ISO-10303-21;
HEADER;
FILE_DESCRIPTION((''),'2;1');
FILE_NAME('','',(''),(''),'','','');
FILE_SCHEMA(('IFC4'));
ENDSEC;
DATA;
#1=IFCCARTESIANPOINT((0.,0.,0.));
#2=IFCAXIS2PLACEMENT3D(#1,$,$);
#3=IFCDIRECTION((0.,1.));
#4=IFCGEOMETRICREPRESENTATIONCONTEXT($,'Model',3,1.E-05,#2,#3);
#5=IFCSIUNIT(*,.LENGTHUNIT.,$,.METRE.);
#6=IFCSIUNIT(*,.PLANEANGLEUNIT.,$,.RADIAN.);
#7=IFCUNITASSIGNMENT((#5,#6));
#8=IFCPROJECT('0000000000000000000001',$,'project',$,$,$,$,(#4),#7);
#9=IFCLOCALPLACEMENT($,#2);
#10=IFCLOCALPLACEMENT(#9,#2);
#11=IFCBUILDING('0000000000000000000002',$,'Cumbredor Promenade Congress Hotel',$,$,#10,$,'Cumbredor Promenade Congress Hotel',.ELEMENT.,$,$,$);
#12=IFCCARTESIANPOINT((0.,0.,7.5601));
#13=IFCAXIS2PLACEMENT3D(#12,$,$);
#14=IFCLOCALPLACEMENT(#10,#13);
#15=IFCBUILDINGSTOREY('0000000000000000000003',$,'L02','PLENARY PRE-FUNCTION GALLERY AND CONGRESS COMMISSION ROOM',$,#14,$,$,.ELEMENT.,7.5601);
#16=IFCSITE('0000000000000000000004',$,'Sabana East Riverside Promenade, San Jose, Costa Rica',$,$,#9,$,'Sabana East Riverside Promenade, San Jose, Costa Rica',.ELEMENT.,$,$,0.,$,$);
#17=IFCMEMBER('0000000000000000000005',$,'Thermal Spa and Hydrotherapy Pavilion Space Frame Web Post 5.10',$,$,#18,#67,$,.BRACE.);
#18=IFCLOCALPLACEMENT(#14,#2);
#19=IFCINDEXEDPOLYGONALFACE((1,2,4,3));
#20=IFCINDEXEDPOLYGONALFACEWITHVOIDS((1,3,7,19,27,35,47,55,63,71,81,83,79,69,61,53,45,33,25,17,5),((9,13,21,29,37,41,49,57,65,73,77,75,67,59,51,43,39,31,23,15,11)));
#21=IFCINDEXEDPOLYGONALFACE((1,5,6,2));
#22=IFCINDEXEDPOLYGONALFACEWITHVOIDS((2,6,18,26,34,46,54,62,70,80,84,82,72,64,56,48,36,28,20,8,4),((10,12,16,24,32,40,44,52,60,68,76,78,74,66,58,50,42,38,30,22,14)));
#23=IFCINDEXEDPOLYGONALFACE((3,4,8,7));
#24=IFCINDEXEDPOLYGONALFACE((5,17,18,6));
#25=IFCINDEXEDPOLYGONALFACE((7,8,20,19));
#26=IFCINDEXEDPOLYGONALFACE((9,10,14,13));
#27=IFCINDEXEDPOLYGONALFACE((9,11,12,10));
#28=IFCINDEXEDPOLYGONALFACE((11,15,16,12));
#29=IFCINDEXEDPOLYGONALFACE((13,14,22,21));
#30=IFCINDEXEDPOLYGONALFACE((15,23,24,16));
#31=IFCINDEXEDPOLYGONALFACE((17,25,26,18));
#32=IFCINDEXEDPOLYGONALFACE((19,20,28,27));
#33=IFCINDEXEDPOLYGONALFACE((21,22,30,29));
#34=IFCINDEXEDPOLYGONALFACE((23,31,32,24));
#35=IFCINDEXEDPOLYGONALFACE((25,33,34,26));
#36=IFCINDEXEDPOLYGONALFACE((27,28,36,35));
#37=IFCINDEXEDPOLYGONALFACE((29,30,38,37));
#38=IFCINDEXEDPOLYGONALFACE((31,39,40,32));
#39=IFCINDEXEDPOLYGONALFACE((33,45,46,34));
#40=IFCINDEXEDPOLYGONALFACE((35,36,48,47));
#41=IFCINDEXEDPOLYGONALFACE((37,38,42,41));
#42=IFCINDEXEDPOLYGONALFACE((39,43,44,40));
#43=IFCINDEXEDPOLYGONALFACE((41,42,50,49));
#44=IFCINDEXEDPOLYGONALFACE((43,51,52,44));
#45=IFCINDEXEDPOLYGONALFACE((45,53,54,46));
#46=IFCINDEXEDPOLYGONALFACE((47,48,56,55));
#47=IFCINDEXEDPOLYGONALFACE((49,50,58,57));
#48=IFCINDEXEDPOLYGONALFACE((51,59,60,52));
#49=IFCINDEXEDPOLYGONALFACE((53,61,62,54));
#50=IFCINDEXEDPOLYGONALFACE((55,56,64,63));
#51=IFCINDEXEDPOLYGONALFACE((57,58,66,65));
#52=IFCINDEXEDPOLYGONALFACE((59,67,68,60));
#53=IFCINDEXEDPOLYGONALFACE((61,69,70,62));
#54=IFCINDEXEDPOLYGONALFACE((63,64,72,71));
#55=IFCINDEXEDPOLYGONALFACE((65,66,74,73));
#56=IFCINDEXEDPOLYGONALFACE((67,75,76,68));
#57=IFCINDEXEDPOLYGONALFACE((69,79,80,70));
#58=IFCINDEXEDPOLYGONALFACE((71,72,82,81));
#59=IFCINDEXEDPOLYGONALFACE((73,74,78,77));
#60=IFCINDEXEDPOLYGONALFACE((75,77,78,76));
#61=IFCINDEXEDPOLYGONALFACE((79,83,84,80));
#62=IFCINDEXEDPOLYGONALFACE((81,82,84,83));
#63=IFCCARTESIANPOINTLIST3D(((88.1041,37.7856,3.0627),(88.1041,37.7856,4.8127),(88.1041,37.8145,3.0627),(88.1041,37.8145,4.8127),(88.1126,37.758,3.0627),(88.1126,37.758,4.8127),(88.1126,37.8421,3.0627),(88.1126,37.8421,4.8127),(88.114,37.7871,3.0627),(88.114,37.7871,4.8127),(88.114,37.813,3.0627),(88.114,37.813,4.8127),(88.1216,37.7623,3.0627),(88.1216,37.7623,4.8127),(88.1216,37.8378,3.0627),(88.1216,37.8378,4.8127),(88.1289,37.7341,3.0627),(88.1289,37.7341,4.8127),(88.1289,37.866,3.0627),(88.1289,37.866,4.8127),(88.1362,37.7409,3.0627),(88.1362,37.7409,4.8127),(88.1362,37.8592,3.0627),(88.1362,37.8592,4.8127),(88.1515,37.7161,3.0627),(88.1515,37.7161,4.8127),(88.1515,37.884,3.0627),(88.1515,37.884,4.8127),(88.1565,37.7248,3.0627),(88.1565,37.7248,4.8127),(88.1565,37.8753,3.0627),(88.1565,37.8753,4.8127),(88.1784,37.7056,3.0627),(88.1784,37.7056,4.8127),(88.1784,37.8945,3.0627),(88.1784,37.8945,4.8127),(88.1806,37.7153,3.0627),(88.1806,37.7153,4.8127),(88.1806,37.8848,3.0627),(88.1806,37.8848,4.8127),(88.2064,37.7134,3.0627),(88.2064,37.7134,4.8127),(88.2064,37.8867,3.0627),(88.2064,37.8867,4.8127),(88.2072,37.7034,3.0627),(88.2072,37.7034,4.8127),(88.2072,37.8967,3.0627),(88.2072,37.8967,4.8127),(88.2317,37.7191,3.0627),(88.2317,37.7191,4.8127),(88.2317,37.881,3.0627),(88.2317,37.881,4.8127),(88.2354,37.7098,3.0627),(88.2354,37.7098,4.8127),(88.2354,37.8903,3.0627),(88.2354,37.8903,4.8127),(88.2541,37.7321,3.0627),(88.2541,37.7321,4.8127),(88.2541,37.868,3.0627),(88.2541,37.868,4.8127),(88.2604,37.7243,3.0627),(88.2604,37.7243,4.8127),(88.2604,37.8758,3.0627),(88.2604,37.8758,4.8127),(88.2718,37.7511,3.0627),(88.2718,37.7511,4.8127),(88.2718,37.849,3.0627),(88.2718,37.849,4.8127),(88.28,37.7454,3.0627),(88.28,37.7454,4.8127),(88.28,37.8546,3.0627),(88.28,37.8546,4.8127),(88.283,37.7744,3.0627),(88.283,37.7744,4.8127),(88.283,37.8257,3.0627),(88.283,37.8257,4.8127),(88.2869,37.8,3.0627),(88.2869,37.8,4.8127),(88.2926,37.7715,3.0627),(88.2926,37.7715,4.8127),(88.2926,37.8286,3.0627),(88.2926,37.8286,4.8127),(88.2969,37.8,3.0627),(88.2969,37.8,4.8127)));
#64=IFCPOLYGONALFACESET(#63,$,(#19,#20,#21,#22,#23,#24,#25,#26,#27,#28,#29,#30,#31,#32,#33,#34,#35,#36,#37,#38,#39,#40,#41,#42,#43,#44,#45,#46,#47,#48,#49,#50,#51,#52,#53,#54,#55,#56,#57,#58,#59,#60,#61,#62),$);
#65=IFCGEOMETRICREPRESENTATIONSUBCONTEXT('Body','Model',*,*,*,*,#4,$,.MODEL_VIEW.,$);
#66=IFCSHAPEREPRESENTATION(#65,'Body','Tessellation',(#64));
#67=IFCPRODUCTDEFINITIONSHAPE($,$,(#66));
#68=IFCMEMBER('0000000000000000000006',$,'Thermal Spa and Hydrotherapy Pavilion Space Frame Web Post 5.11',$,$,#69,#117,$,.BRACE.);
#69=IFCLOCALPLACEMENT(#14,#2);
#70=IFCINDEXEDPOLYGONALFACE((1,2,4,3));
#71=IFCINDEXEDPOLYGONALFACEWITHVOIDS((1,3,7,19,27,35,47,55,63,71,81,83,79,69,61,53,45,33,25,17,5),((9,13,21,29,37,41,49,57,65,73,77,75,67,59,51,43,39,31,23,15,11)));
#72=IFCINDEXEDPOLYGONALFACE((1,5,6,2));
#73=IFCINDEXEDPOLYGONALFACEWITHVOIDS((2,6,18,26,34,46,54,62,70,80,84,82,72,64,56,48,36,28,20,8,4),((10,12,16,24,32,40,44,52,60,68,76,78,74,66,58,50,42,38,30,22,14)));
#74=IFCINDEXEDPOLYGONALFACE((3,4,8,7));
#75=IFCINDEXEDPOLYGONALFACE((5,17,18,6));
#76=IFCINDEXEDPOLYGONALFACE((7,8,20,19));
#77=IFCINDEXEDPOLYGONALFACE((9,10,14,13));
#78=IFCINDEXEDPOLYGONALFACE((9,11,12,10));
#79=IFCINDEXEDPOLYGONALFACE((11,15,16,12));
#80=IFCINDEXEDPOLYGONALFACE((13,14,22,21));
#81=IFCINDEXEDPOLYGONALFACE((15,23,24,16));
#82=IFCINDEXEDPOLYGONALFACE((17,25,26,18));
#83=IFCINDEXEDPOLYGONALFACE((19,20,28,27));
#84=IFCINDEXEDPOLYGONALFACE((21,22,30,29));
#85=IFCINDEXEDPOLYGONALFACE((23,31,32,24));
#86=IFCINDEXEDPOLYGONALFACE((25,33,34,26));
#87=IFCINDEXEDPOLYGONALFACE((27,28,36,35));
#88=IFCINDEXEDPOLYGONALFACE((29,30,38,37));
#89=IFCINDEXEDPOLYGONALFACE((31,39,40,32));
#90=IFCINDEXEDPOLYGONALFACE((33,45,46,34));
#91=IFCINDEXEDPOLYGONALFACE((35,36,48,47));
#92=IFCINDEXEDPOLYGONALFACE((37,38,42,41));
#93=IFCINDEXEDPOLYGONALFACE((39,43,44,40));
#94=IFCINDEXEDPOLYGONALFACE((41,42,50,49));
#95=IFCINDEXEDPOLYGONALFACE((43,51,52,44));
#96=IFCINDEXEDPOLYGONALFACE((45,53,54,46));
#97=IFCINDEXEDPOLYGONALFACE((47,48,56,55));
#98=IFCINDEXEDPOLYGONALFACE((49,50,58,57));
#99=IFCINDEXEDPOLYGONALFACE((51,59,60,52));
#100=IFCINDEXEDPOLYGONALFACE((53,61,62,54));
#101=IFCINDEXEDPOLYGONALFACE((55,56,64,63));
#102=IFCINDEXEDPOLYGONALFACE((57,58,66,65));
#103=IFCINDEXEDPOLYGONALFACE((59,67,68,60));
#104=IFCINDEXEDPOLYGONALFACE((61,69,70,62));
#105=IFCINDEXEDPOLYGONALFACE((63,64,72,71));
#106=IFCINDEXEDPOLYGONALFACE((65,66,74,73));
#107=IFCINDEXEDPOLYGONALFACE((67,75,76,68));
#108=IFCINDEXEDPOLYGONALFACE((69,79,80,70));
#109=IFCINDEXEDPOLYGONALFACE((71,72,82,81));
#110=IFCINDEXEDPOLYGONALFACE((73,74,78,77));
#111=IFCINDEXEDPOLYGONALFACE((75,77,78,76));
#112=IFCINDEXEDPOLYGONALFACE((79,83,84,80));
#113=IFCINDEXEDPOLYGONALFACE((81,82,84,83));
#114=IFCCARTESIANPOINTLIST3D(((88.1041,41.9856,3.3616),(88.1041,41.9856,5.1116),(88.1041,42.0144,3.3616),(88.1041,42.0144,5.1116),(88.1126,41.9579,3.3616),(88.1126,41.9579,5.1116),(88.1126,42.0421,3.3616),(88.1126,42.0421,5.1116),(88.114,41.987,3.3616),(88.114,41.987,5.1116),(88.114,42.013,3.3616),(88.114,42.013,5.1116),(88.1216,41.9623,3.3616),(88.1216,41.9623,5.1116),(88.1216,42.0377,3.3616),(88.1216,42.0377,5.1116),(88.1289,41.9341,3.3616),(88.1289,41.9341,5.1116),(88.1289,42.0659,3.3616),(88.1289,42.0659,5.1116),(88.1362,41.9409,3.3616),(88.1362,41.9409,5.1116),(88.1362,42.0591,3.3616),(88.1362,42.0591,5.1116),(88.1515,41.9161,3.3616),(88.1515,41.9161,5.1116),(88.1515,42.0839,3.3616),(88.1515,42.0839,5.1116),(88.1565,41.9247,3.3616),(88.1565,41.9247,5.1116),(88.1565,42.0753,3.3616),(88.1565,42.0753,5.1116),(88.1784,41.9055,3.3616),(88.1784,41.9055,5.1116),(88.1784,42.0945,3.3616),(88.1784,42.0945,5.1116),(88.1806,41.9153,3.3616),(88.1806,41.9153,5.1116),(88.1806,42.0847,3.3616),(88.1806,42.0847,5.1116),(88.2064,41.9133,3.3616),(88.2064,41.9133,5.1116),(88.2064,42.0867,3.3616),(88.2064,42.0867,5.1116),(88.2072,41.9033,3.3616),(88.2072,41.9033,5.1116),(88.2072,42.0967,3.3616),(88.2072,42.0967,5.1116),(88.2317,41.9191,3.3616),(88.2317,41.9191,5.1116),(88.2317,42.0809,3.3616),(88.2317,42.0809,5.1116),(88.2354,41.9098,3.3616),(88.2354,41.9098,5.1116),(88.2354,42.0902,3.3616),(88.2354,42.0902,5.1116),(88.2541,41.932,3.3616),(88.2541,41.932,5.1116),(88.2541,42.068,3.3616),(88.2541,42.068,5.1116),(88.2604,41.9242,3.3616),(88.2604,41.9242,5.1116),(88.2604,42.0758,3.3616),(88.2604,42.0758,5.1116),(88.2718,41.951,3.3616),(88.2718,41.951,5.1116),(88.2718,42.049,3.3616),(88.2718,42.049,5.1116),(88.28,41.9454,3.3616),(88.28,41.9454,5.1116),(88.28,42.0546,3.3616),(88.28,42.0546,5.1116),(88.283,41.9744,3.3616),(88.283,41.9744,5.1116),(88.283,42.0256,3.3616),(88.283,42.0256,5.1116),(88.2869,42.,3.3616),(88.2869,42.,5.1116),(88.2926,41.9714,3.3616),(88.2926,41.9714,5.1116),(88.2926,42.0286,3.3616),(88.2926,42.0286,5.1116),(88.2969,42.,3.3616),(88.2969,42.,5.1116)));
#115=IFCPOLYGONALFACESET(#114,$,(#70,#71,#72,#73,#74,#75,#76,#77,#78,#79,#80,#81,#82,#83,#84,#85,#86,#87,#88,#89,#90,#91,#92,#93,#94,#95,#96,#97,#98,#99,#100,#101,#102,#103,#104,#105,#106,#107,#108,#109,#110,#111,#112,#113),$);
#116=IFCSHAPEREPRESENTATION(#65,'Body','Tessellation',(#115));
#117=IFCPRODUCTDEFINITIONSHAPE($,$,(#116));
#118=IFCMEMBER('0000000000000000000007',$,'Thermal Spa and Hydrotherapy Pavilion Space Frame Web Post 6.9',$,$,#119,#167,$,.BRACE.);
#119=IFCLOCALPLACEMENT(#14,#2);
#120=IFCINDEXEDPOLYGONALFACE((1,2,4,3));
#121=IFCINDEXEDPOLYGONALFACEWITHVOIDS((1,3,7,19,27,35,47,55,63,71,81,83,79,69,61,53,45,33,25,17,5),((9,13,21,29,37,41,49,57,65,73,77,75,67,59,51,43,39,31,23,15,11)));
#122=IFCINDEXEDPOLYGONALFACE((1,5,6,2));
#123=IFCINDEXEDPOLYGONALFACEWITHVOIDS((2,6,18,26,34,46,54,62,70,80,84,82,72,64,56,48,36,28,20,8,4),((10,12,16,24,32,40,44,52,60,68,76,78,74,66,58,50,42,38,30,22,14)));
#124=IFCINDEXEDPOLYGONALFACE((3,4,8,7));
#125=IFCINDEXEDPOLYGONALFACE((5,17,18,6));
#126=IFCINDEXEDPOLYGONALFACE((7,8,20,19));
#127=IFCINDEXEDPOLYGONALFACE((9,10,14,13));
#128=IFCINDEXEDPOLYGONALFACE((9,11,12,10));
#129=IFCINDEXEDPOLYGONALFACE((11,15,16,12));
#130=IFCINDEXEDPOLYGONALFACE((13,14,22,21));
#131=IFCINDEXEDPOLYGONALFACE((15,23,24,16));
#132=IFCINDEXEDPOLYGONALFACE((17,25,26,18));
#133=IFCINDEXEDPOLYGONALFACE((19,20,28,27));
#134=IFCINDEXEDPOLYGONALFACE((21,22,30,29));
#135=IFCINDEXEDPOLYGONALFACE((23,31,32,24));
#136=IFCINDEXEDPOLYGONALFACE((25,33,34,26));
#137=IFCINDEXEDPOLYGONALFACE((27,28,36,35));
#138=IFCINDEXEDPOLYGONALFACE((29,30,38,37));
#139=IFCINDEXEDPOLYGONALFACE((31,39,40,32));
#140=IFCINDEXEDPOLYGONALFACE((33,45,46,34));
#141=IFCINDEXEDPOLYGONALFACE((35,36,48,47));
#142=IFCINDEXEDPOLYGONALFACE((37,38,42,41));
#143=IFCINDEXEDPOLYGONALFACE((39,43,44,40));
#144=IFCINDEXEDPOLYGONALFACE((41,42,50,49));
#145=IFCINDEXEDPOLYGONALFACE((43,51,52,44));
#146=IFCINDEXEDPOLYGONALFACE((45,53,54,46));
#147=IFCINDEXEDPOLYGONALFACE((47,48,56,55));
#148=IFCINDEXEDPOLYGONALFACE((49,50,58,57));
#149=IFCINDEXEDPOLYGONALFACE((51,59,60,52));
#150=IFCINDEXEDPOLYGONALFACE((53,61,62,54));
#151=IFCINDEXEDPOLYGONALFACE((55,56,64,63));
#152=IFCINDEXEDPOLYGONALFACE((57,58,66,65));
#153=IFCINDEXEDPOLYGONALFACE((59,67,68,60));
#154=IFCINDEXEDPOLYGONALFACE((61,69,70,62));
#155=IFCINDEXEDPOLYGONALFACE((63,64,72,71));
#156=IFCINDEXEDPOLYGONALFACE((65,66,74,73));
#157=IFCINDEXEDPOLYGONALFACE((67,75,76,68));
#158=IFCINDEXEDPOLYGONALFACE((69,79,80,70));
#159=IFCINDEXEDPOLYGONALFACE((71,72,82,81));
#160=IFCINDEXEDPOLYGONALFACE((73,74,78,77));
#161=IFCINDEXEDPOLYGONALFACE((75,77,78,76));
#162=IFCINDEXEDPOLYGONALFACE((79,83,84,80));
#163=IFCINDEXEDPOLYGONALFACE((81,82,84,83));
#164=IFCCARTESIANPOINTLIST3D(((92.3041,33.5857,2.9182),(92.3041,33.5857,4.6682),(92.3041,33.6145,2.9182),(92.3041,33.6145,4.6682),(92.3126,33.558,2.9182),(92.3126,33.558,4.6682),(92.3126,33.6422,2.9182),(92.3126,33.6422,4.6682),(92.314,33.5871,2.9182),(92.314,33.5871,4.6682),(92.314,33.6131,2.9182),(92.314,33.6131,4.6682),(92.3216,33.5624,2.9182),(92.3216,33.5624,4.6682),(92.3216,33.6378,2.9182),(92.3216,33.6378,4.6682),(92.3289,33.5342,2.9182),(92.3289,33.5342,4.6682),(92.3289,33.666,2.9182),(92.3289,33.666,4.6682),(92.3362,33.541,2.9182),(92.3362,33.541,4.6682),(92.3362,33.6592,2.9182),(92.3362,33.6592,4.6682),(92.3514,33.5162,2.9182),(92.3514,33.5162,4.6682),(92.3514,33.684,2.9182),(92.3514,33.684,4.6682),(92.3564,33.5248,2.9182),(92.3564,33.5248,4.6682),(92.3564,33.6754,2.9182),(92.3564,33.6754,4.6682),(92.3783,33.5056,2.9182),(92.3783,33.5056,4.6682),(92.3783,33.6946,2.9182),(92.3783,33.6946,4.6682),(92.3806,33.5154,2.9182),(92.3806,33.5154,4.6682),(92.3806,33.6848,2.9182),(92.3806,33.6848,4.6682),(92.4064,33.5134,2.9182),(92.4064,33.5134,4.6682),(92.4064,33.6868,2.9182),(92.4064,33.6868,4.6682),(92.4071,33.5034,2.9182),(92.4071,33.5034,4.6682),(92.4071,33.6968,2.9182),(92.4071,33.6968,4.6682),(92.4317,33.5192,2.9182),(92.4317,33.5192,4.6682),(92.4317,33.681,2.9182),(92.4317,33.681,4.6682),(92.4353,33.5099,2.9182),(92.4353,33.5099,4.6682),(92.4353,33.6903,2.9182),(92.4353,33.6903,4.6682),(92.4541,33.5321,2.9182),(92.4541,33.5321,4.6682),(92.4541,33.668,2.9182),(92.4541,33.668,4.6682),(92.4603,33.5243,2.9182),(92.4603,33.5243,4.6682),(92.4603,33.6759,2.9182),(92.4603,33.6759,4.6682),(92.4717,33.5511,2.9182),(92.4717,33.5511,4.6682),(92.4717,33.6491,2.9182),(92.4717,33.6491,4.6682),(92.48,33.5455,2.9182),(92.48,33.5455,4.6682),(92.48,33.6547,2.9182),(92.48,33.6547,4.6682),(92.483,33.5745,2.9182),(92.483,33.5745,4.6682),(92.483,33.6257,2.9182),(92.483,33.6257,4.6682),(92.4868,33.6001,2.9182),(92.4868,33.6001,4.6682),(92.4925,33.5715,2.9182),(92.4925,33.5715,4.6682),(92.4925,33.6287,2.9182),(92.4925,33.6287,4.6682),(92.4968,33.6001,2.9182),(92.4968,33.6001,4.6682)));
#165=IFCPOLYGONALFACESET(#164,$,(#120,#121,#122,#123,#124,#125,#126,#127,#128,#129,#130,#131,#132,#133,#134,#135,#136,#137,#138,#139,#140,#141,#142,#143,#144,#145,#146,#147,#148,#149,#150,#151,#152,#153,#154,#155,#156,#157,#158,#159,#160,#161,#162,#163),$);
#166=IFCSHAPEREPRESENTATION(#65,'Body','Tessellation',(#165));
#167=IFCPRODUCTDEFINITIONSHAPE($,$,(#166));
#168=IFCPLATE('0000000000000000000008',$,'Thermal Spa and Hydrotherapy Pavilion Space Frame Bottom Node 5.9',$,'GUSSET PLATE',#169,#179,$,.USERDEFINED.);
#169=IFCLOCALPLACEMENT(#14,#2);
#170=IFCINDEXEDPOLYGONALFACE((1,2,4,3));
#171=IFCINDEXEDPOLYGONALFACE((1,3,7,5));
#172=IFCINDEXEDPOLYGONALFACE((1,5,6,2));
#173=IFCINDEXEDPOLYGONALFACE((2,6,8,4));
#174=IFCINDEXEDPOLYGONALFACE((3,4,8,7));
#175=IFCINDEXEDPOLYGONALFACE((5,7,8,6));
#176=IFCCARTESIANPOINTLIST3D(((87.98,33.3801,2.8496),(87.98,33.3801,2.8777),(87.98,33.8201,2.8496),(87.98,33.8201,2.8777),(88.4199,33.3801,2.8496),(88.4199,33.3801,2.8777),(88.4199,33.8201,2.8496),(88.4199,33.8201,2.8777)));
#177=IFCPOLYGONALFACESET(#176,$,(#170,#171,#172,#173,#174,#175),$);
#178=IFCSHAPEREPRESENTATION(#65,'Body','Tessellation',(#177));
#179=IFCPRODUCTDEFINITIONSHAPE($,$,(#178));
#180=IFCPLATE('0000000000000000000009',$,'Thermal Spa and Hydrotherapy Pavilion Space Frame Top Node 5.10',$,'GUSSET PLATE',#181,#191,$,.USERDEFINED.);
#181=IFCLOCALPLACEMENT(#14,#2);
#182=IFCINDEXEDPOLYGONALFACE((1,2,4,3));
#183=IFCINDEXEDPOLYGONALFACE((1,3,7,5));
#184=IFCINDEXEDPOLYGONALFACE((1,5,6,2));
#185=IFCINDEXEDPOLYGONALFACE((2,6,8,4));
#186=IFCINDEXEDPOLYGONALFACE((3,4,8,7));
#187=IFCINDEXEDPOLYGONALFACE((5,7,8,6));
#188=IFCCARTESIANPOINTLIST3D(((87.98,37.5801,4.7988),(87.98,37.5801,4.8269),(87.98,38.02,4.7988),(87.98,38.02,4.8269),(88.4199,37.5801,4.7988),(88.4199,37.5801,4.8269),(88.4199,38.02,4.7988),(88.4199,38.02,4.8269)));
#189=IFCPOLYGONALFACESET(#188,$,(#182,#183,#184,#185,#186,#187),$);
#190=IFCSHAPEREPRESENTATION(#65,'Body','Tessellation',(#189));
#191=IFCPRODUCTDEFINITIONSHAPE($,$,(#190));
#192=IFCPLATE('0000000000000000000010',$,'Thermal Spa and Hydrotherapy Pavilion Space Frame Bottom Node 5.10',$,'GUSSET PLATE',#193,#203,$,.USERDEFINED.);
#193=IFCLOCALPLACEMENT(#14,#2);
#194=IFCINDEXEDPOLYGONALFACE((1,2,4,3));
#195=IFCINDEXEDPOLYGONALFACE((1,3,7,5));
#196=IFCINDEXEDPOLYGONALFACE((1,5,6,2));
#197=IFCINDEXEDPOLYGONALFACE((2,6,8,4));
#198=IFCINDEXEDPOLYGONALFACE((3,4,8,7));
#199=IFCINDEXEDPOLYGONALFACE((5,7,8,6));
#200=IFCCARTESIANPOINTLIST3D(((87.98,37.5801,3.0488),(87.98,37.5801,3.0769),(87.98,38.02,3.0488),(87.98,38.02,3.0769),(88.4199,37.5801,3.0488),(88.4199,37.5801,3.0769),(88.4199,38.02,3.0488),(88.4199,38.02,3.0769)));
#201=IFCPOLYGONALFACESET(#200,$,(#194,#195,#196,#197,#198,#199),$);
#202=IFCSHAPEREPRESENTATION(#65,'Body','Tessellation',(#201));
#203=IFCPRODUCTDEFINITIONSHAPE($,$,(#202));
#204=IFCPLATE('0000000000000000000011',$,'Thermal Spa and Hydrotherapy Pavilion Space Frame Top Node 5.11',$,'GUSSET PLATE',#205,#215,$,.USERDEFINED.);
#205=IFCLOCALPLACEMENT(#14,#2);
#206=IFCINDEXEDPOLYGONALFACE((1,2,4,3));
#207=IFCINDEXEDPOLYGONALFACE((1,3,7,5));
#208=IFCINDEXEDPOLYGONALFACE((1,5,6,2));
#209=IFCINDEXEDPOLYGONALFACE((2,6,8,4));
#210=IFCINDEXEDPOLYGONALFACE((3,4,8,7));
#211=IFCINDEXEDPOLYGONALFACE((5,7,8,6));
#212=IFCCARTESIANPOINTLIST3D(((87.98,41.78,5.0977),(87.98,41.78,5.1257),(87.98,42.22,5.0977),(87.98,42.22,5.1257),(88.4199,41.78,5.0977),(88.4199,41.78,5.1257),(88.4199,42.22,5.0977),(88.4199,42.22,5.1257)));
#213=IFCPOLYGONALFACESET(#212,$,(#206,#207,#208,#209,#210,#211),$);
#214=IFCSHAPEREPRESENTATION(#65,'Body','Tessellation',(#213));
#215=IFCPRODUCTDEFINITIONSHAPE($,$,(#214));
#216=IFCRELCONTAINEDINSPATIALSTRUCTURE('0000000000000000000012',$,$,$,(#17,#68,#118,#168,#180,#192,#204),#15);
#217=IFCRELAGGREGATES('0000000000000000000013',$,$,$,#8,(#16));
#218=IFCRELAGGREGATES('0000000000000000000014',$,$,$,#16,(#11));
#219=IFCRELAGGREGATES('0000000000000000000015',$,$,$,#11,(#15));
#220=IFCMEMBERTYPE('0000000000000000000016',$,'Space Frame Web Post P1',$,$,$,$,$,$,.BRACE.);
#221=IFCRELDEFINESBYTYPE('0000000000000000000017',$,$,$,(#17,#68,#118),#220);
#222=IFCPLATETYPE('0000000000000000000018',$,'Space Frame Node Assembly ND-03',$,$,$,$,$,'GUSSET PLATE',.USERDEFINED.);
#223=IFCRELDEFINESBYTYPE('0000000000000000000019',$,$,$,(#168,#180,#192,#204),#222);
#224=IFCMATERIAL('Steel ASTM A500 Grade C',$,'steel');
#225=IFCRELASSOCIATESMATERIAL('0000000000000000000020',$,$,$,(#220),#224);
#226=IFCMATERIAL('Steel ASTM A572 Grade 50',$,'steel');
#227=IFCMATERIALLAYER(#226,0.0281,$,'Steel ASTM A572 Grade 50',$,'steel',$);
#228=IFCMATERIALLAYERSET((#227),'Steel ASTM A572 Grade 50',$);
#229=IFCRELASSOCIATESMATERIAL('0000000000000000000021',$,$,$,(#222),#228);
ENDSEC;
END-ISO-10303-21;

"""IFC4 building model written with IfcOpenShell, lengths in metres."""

from ifc_helpers import new_model, si_unit, direction, frame, origin, origin_2d, place, context, subcontext, project, spatial, rectangle, hollow_circle, extrude, material, layer, layer_set, material_profile, profile_set, type_object, element, save


model = new_model("IFC4")

# Units and contexts
model_context = context("Model", 3, precision=1e-05, world=origin(), true_north=direction((0.0, 1.0)))
body_context = subcontext(model_context, "Body", "Model", "MODEL_VIEW")
ifc_project = project(units=[si_unit("LENGTHUNIT", "METRE"), si_unit("PLANEANGLEUNIT", "RADIAN")], contexts=[model_context])

# Site, building, storey
site_placement = place(None, origin())
site = spatial("IfcSite", under=ifc_project, at=site_placement, Name="Sabana East Riverside Promenade, San Jose, Costa Rica", LongName="Sabana East Riverside Promenade, San Jose, Costa Rica", CompositionType="ELEMENT", RefElevation=0.0)
building_placement = place(site_placement, origin())
building = spatial("IfcBuilding", under=site, at=building_placement, Name="Cumbredor Promenade Congress Hotel", LongName="Cumbredor Promenade Congress Hotel", CompositionType="ELEMENT")
storey_placement = place(building_placement, frame((0.0, 0.0, 7.5601)))
storey = spatial("IfcBuildingStorey", under=building, at=storey_placement, Name="L02", Description="PLENARY PRE-FUNCTION GALLERY AND CONGRESS COMMISSION ROOM", CompositionType="ELEMENT", Elevation=7.5601)

# Members
ifc_material_1 = material(Name="Steel ASTM A500 Grade C", Category="steel")
ifc_material_profile_1 = material_profile(ifc_material_1, hollow_circle(Radius=0.0969, WallThickness=0.01, at=origin_2d()), Name="CHS 193.7x10")
ifc_profile_set_1 = profile_set([ifc_material_profile_1], Name="Steel ASTM A500 Grade C")
member_type_1 = type_object("IfcMemberType", Name="Space Frame Web Post P1", PredefinedType="BRACE", material=ifc_profile_set_1)
for number, where, z_axis, x_axis, name in (
    (1, (88.2, 37.8, 3.0627), (0.0, 0.0, 1.0), (1.0, 0.0, 0.0), "Thermal Spa and Hydrotherapy Pavilion Space Frame Web Post 5.10"),
    (2, (88.2, 42.0, 3.3616), (0.0, 0.0, 1.0), (1.0, 0.0, 0.0), "Thermal Spa and Hydrotherapy Pavilion Space Frame Web Post 5.11"),
    (3, (92.3999, 33.6001, 2.9182), (0.0, 0.0, 1.0), (1.0, 0.0, 0.0), "Thermal Spa and Hydrotherapy Pavilion Space Frame Web Post 6.9"),
):
    element("IfcMember", number, at=place(storey_placement, frame(where, z_axis=z_axis, x_axis=x_axis)), inside=storey, type_object=member_type_1, Name=name, PredefinedType="BRACE", context=body_context, shape_type="SweptSolid", body=[
        extrude(hollow_circle(Radius=0.0969, WallThickness=0.01, at=origin_2d()), origin(), (0.0, 0.0, 1.0), 1.75),
    ])

# Plates
ifc_material_2 = material(Name="Steel ASTM A572 Grade 50", Category="steel")
ifc_layer = layer(ifc_material_2, 0.0281, Name="Steel ASTM A572 Grade 50", Category="steel")
ifc_layer_set = layer_set([ifc_layer], Name="Steel ASTM A572 Grade 50")
plate_type = type_object("IfcPlateType", Name="Space Frame Node Assembly ND-03", ElementType="GUSSET PLATE", PredefinedType="USERDEFINED", material=ifc_layer_set)
for number, where, z_axis, x_axis, name in (
    (4, (88.2, 33.6001, 2.8496), (0.0, 0.0, 1.0), (1.0, 0.0, 0.0), "Thermal Spa and Hydrotherapy Pavilion Space Frame Bottom Node 5.9"),
    (5, (88.2, 37.8, 4.7988), (0.0, 0.0, 1.0), (1.0, 0.0, 0.0), "Thermal Spa and Hydrotherapy Pavilion Space Frame Top Node 5.10"),
    (6, (88.2, 37.8, 3.0488), (0.0, 0.0, 1.0), (1.0, 0.0, 0.0), "Thermal Spa and Hydrotherapy Pavilion Space Frame Bottom Node 5.10"),
    (7, (88.2, 42.0, 5.0977), (0.0, 0.0, 1.0), (1.0, 0.0, 0.0), "Thermal Spa and Hydrotherapy Pavilion Space Frame Top Node 5.11"),
):
    element("IfcPlate", number, at=place(storey_placement, frame(where, z_axis=z_axis, x_axis=x_axis)), inside=storey, type_object=plate_type, Name=name, ObjectType="GUSSET PLATE", PredefinedType="USERDEFINED", context=body_context, shape_type="SweptSolid", body=[
        extrude(rectangle(XDim=0.4399, YDim=0.4399, at=origin_2d()), origin(), (0.0, 0.0, 1.0), 0.0281),
    ])

save(model, "model.ifc")
